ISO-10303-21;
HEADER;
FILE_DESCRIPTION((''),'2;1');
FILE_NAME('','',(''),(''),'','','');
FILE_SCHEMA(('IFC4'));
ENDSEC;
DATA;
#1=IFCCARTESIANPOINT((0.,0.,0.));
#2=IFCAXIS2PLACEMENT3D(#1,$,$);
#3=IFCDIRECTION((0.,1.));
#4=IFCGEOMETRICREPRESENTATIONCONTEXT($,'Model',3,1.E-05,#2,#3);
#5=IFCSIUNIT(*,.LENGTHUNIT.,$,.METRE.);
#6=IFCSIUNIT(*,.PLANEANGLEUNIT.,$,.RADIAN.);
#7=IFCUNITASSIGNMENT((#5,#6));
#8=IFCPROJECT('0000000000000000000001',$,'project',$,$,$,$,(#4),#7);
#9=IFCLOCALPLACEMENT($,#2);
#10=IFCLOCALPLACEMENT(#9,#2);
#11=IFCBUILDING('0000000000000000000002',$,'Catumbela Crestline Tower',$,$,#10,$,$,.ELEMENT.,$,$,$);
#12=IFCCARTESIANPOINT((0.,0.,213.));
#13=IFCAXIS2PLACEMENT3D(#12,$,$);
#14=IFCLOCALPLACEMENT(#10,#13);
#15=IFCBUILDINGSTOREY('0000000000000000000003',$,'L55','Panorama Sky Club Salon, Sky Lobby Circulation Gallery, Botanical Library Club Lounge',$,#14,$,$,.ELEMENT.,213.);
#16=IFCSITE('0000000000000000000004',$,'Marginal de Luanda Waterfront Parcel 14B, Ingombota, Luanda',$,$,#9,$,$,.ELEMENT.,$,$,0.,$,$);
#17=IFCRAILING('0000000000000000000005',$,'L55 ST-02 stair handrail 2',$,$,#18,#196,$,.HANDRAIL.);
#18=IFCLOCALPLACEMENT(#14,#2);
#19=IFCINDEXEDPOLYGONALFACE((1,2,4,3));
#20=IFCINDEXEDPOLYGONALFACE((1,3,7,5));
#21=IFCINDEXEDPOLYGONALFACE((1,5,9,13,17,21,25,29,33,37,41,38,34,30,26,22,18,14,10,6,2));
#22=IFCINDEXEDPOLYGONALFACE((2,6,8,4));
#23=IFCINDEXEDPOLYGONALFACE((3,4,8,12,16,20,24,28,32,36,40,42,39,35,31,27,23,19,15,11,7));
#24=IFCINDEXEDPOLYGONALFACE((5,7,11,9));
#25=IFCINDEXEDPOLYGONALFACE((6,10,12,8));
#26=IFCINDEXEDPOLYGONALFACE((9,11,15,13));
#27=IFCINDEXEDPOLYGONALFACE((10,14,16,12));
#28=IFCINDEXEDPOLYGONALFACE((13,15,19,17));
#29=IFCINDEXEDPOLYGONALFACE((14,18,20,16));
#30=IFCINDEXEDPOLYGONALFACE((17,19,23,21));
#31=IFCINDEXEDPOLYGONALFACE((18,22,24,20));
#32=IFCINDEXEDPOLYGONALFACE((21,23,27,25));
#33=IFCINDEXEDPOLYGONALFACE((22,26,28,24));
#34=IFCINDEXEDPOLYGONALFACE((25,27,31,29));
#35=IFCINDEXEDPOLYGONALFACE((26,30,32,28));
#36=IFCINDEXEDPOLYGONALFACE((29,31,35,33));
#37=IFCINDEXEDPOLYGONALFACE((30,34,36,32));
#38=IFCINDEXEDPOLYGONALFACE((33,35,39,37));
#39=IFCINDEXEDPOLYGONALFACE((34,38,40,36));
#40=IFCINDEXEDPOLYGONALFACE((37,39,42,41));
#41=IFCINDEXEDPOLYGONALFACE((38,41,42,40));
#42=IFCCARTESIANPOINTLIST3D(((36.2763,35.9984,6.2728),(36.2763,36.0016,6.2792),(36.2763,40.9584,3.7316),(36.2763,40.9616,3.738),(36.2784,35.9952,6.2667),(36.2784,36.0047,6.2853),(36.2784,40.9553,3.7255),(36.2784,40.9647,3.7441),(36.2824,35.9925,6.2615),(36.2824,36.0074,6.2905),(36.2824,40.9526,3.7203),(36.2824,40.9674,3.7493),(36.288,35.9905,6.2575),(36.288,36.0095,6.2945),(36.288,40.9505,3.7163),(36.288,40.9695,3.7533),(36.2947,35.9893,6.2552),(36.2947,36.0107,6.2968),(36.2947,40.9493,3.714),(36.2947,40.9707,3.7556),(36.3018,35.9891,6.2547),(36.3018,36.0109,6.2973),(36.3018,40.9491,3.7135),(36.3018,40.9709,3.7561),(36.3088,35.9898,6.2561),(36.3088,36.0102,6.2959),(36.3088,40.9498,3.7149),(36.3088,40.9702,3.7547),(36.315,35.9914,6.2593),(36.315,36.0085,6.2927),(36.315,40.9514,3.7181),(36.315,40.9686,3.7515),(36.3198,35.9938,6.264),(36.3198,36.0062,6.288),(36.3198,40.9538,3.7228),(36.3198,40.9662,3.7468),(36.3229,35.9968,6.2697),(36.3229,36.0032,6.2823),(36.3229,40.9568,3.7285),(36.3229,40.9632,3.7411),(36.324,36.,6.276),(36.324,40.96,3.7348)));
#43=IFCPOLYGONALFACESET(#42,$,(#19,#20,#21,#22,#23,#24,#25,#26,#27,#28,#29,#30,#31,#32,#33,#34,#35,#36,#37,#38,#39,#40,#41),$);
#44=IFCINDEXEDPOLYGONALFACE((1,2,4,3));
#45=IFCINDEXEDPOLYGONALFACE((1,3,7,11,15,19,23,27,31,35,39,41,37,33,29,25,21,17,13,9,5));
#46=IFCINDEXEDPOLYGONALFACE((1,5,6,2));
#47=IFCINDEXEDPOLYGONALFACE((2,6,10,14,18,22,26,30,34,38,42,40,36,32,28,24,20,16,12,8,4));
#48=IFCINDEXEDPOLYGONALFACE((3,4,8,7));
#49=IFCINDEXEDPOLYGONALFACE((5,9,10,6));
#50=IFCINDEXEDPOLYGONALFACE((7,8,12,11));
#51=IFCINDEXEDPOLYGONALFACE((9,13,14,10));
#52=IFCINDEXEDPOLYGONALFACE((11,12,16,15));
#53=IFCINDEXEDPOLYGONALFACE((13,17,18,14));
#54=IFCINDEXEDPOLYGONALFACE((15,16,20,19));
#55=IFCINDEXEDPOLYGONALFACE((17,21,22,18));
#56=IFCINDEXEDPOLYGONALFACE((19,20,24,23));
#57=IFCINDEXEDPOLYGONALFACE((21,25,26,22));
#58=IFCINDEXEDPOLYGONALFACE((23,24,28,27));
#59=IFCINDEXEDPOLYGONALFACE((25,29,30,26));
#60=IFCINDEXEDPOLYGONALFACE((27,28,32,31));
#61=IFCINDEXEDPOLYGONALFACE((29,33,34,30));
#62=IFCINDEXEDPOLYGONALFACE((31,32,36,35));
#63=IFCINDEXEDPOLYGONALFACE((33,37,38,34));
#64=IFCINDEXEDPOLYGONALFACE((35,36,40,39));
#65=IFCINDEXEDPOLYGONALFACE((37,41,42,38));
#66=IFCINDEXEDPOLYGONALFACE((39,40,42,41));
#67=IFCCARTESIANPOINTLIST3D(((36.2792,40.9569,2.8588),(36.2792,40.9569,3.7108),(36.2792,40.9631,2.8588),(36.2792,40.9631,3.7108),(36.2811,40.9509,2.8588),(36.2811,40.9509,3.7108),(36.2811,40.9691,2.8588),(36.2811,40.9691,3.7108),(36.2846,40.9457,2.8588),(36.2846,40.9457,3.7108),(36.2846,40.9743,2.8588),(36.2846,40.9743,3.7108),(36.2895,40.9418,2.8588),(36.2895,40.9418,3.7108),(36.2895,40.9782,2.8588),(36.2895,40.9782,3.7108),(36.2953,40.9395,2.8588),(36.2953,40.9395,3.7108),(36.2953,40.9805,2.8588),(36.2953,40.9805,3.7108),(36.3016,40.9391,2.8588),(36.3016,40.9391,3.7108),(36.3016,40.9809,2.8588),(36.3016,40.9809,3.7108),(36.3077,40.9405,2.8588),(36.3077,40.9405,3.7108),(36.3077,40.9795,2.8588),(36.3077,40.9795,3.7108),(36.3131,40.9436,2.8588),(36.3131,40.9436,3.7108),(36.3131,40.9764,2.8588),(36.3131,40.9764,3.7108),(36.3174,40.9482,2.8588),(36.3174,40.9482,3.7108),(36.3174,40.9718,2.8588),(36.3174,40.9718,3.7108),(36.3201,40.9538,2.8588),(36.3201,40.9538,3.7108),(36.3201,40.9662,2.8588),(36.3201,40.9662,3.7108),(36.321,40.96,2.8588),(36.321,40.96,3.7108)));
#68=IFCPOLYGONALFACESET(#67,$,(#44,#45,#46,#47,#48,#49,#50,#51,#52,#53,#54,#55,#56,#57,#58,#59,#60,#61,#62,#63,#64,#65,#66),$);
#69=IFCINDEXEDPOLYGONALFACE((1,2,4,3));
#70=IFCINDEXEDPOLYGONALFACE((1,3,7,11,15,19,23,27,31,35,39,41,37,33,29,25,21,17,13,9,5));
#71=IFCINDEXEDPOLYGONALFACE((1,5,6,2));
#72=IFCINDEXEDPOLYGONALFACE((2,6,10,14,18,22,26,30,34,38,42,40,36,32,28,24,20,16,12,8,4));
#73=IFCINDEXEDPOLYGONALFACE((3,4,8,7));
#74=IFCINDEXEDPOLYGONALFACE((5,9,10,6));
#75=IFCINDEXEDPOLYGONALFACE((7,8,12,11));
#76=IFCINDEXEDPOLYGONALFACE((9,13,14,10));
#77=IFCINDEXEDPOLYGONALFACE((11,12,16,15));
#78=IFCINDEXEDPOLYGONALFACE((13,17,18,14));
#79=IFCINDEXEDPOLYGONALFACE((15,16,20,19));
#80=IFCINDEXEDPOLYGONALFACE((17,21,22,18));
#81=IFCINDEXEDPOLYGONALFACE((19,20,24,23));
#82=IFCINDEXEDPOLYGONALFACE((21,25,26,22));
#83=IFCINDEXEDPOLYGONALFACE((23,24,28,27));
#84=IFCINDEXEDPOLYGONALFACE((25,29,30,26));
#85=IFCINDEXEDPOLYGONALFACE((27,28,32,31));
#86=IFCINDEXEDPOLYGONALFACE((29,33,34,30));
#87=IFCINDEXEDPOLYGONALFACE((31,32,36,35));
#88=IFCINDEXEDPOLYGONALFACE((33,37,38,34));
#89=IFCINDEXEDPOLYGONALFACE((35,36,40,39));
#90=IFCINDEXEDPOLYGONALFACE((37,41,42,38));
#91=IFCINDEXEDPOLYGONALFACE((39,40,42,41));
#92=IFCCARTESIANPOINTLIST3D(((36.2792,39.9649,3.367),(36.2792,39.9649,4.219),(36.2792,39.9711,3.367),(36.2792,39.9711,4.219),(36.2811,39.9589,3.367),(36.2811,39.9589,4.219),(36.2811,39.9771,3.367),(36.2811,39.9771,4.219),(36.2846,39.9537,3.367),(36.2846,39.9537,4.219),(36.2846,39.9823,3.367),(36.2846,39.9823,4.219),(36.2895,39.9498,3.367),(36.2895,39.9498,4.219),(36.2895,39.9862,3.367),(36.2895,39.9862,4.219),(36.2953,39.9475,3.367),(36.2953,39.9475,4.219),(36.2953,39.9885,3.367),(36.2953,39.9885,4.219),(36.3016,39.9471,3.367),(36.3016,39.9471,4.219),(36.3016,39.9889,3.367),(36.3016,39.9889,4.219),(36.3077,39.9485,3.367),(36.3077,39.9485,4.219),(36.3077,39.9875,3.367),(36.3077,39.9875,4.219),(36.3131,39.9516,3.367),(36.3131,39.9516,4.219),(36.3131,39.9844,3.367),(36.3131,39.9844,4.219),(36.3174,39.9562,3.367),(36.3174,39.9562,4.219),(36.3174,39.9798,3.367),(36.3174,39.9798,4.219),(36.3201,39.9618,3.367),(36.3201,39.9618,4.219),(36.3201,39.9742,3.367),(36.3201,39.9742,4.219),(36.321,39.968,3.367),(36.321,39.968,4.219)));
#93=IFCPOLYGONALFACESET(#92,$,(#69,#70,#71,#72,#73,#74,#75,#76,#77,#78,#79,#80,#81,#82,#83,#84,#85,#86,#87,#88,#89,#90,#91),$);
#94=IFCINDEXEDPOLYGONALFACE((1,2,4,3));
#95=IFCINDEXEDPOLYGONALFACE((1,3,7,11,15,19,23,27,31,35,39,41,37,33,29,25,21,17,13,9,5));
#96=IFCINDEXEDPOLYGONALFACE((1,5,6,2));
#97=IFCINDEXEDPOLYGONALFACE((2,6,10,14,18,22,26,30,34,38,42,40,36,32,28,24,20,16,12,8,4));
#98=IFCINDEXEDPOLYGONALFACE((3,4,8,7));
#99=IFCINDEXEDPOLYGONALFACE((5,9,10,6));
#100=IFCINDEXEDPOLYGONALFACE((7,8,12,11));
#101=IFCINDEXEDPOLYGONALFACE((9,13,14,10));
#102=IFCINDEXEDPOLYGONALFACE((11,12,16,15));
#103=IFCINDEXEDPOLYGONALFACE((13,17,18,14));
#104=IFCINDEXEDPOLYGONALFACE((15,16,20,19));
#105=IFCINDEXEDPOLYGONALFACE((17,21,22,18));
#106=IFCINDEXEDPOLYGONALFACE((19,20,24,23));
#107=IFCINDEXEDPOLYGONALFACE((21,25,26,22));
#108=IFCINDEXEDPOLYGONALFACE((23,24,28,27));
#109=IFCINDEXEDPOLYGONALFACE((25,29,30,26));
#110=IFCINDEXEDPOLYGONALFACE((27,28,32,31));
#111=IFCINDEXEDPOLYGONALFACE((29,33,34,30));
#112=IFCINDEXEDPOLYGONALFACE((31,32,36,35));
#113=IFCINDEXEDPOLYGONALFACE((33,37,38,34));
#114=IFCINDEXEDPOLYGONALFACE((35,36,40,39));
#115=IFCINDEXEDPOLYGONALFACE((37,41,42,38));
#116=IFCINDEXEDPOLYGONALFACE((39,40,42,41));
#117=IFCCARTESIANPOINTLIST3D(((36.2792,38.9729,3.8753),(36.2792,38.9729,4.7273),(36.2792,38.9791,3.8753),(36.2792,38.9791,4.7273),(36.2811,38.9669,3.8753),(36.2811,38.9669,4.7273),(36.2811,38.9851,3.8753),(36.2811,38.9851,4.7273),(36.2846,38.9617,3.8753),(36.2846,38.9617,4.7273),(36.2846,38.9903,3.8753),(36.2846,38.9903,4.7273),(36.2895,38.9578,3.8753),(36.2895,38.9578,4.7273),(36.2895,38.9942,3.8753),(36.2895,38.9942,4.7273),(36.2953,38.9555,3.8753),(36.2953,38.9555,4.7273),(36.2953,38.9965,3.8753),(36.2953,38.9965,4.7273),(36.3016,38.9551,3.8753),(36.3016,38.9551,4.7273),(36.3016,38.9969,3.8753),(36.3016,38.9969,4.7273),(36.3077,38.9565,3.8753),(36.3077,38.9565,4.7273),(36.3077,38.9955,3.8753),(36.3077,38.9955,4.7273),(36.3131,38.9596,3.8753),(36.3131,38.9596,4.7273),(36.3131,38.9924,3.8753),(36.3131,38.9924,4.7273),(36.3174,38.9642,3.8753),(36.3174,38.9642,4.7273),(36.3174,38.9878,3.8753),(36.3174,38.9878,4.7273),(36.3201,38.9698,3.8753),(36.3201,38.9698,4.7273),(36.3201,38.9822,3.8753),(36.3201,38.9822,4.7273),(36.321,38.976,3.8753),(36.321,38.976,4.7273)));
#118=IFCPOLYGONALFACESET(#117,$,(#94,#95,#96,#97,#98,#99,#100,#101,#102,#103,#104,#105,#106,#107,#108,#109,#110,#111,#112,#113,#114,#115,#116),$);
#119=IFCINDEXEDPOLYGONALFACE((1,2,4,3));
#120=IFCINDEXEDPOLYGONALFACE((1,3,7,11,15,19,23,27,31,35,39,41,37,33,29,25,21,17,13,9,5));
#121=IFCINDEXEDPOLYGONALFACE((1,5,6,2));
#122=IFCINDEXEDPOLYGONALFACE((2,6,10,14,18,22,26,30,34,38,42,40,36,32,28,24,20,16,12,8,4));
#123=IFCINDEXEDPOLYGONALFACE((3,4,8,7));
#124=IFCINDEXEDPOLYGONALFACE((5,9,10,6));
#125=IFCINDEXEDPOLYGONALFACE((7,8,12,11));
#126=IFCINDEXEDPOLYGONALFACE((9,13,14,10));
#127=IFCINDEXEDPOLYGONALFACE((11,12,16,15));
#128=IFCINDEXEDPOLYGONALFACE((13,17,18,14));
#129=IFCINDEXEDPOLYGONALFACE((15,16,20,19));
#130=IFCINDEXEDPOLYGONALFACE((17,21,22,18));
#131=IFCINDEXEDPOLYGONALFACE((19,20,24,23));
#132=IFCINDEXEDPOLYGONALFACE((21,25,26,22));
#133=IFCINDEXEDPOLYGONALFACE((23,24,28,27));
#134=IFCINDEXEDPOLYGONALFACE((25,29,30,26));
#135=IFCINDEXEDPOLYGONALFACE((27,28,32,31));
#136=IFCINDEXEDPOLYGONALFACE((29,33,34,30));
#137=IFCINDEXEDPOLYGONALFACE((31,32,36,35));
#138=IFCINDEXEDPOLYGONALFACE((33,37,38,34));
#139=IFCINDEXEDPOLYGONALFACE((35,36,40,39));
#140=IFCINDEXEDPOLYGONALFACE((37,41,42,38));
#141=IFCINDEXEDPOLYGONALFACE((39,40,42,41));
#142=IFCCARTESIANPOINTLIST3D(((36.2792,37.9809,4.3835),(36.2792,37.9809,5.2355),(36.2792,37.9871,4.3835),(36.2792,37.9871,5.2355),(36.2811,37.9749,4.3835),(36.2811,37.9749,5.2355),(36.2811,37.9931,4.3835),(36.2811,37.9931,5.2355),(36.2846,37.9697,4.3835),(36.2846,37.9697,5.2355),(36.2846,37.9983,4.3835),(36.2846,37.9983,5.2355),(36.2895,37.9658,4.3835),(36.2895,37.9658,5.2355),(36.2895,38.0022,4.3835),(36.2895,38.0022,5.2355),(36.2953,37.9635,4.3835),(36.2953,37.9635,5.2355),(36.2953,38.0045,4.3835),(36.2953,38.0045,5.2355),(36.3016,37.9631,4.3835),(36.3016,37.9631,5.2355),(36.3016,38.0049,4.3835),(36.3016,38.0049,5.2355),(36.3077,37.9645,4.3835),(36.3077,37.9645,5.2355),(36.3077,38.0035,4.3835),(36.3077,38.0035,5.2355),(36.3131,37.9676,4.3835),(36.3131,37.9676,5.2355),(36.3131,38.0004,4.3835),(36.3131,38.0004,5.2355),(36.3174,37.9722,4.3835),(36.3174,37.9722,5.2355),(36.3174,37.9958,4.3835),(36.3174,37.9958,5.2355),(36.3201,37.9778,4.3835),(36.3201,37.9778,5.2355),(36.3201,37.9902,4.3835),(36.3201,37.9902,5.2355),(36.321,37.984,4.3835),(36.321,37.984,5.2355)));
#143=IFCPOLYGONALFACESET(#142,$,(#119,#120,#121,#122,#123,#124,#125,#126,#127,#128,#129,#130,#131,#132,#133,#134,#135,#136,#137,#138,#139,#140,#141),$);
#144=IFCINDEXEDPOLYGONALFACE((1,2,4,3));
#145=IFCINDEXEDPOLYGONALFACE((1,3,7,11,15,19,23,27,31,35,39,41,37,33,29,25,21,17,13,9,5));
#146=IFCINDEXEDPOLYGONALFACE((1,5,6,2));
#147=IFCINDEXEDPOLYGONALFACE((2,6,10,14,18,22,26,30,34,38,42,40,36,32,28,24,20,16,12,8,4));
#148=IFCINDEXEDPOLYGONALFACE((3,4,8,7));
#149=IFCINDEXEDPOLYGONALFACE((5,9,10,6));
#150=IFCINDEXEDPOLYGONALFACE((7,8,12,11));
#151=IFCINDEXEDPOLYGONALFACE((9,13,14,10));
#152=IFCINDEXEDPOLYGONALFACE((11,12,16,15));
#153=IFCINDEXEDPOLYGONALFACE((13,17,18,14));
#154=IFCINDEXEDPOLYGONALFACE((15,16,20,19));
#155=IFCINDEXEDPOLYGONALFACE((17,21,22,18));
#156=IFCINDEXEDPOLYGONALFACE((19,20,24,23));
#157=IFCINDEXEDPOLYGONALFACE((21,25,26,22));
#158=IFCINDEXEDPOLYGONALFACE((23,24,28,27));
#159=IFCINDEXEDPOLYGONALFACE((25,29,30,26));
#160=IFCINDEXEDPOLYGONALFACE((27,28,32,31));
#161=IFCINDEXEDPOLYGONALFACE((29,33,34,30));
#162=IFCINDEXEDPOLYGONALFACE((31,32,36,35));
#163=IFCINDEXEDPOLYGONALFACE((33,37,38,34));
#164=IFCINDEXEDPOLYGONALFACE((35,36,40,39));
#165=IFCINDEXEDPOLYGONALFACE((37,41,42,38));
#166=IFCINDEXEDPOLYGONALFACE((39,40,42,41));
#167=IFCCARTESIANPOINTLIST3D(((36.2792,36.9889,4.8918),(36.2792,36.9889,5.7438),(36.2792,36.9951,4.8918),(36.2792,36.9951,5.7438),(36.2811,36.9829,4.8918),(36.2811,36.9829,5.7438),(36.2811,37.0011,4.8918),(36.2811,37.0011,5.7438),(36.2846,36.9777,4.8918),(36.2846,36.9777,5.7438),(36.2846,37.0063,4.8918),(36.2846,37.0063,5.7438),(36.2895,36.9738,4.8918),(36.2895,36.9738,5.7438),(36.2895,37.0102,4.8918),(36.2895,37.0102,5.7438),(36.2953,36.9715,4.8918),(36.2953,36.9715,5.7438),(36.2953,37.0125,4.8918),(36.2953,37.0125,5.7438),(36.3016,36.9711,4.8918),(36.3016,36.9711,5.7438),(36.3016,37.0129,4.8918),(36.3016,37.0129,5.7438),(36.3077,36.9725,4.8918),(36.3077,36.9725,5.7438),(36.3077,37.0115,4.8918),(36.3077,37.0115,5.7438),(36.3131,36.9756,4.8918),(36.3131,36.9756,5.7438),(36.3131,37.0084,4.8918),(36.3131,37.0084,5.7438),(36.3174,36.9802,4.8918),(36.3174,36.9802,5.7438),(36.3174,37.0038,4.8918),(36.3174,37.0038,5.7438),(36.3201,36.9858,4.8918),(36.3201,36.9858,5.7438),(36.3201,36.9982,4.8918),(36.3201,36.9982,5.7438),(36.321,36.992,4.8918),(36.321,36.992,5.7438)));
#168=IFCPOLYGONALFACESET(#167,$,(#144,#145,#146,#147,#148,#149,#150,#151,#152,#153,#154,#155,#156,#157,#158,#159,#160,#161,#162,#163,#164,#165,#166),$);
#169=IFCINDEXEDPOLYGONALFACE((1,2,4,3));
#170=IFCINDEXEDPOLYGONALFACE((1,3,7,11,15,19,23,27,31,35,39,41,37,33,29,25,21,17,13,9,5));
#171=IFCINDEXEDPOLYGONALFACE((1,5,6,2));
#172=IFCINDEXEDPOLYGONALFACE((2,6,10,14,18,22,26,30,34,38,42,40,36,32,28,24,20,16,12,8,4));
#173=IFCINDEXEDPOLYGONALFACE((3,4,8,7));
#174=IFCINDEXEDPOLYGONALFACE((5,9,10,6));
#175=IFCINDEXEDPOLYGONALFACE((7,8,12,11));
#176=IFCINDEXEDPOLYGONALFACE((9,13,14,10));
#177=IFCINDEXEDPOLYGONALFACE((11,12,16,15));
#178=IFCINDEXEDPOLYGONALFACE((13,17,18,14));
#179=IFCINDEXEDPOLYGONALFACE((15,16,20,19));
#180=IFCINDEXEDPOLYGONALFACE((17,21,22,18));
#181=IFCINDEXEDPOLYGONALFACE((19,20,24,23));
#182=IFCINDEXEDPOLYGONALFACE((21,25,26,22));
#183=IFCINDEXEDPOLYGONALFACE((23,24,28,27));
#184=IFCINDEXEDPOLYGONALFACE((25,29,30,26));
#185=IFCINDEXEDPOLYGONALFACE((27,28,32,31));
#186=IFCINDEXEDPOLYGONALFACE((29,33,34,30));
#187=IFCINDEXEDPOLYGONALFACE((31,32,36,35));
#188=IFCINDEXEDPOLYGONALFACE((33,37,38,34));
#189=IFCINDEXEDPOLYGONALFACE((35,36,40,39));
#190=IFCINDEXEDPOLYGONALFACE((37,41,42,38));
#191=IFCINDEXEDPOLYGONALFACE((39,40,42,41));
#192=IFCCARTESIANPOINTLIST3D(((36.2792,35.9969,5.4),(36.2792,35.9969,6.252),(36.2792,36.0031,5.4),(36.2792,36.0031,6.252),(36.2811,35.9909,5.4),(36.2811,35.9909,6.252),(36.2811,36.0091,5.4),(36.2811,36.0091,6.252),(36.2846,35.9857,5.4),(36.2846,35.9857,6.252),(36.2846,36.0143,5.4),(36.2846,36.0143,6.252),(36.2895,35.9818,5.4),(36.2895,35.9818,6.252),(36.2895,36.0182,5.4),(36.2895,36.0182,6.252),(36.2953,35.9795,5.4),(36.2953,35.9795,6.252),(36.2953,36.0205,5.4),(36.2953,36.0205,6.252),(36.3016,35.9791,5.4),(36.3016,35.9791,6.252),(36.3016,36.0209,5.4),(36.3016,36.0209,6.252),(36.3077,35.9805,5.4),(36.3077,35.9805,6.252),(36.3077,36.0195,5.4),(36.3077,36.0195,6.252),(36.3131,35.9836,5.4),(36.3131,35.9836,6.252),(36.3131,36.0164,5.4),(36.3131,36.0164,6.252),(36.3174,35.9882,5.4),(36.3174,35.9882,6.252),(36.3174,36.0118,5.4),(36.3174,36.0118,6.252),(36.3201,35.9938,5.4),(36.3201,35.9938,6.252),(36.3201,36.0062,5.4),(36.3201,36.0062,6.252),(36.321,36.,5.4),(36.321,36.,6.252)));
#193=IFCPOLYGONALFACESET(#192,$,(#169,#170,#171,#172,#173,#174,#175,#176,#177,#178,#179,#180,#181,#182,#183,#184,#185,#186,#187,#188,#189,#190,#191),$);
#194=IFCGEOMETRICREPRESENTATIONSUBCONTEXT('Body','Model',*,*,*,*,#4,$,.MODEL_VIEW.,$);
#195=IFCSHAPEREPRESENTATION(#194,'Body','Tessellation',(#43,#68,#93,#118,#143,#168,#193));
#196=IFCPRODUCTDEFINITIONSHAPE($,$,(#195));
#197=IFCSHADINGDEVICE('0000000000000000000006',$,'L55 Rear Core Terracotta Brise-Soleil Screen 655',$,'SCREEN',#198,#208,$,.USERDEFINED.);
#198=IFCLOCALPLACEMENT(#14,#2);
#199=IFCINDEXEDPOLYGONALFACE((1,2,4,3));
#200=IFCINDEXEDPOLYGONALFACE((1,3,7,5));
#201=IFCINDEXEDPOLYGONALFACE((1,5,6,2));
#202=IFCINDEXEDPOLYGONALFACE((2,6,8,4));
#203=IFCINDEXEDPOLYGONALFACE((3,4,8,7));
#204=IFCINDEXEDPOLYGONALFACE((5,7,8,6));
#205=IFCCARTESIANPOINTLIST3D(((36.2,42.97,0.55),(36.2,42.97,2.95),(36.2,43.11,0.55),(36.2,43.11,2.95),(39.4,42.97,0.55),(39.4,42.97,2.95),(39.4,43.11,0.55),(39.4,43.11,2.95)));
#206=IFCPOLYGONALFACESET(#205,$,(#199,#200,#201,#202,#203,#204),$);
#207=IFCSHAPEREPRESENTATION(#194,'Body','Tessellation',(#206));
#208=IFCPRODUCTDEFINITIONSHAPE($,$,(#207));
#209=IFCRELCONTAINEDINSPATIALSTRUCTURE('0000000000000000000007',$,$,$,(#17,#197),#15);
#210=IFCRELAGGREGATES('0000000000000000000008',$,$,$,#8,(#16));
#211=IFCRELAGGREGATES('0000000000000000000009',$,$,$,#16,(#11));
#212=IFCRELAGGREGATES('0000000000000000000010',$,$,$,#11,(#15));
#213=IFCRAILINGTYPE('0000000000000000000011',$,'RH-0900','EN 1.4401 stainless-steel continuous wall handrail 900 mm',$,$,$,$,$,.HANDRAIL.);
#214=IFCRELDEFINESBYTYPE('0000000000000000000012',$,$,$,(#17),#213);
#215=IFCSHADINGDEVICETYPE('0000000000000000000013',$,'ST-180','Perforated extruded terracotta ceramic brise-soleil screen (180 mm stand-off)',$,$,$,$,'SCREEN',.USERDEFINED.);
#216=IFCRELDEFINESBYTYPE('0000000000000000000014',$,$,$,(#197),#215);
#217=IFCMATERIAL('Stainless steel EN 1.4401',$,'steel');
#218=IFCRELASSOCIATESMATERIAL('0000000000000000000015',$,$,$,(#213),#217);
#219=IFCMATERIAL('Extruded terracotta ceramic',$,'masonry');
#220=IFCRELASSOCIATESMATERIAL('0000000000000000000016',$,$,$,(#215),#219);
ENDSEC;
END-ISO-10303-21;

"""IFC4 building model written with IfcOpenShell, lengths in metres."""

from ifc_helpers import new_model, si_unit, direction, frame, origin, origin_2d, place, context, subcontext, project, spatial, rectangle, circle, extrude, material, type_object, element, save


model = new_model("IFC4")

# Units and contexts
model_context = context("Model", 3, precision=1e-05, world=origin(), true_north=direction((0.0, 1.0)))
body_context = subcontext(model_context, "Body", "Model", "MODEL_VIEW")
ifc_project = project(units=[si_unit("LENGTHUNIT", "METRE"), si_unit("PLANEANGLEUNIT", "RADIAN")], contexts=[model_context])

# Site, building, storey
site_placement = place(None, origin())
site = spatial("IfcSite", under=ifc_project, at=site_placement, Name="Marginal de Luanda Waterfront Parcel 14B, Ingombota, Luanda", CompositionType="ELEMENT", RefElevation=0.0)
building_placement = place(site_placement, origin())
building = spatial("IfcBuilding", under=site, at=building_placement, Name="Catumbela Crestline Tower", CompositionType="ELEMENT")
storey_placement = place(building_placement, frame((0.0, 0.0, 213.0)))
storey = spatial("IfcBuildingStorey", under=building, at=storey_placement, Name="L55", Description="Panorama Sky Club Salon, Sky Lobby Circulation Gallery, Botanical Library Club Lounge", CompositionType="ELEMENT", Elevation=213.0)

# Shared definitions
ifc_material_1 = material(Name="Stainless steel EN 1.4401", Category="steel")

# Railing
railing_type_1 = type_object("IfcRailingType", Name="RH-0900", Description="EN 1.4401 stainless-steel continuous wall handrail 900 mm", PredefinedType="HANDRAIL", material=ifc_material_1)
railing_1_placement = place(storey_placement, frame((36.3, 40.96, 2.8588)))
element("IfcRailing", 1, at=railing_1_placement, inside=storey, type_object=railing_type_1, Name="L55 ST-02 stair handrail 2", PredefinedType="HANDRAIL", context=body_context, shape_type="SweptSolid", body=[
    extrude(circle(Radius=0.024, at=origin_2d()), frame((0.0, 0.0, 0.876), z_axis=(0.0, -0.889992, 0.455977), x_axis=(1.0, 0.0, 0.0)), (0.0, 0.0, 1.0), 5.5731),
    extrude(circle(Radius=0.021, at=origin_2d()), origin(), (0.0, 0.0, 1.0), 0.852),
    extrude(circle(Radius=0.021, at=origin_2d()), frame((0.0, -0.992, 0.5082)), (0.0, 0.0, 1.0), 0.852),
    extrude(circle(Radius=0.021, at=origin_2d()), frame((0.0, -1.984, 1.0165)), (0.0, 0.0, 1.0), 0.852),
    extrude(circle(Radius=0.021, at=origin_2d()), frame((0.0, -2.976, 1.5247)), (0.0, 0.0, 1.0), 0.852),
    extrude(circle(Radius=0.021, at=origin_2d()), frame((0.0, -3.968, 2.033)), (0.0, 0.0, 1.0), 0.852),
    extrude(circle(Radius=0.021, at=origin_2d()), frame((0.0, -4.96, 2.5412)), (0.0, 0.0, 1.0), 0.852),
])

# Shading device
ifc_material_2 = material(Name="Extruded terracotta ceramic", Category="masonry")
shading_device_type = type_object("IfcShadingDeviceType", Name="ST-180", Description="Perforated extruded terracotta ceramic brise-soleil screen (180 mm stand-off)", ElementType="SCREEN", PredefinedType="USERDEFINED", material=ifc_material_2)
shading_device_placement = place(storey_placement, frame((37.8, 43.04, 0.55), z_axis=(0.0, 0.0, 1.0), x_axis=(1.0, 0.0, 0.0)))
element("IfcShadingDevice", 2, at=shading_device_placement, inside=storey, type_object=shading_device_type, Name="L55 Rear Core Terracotta Brise-Soleil Screen 655", ObjectType="SCREEN", PredefinedType="USERDEFINED", context=body_context, shape_type="SweptSolid", body=[
    extrude(rectangle(XDim=3.2, YDim=0.14, at=origin_2d()), origin(), (0.0, 0.0, 1.0), 2.4),
])

save(model, "model.ifc")
